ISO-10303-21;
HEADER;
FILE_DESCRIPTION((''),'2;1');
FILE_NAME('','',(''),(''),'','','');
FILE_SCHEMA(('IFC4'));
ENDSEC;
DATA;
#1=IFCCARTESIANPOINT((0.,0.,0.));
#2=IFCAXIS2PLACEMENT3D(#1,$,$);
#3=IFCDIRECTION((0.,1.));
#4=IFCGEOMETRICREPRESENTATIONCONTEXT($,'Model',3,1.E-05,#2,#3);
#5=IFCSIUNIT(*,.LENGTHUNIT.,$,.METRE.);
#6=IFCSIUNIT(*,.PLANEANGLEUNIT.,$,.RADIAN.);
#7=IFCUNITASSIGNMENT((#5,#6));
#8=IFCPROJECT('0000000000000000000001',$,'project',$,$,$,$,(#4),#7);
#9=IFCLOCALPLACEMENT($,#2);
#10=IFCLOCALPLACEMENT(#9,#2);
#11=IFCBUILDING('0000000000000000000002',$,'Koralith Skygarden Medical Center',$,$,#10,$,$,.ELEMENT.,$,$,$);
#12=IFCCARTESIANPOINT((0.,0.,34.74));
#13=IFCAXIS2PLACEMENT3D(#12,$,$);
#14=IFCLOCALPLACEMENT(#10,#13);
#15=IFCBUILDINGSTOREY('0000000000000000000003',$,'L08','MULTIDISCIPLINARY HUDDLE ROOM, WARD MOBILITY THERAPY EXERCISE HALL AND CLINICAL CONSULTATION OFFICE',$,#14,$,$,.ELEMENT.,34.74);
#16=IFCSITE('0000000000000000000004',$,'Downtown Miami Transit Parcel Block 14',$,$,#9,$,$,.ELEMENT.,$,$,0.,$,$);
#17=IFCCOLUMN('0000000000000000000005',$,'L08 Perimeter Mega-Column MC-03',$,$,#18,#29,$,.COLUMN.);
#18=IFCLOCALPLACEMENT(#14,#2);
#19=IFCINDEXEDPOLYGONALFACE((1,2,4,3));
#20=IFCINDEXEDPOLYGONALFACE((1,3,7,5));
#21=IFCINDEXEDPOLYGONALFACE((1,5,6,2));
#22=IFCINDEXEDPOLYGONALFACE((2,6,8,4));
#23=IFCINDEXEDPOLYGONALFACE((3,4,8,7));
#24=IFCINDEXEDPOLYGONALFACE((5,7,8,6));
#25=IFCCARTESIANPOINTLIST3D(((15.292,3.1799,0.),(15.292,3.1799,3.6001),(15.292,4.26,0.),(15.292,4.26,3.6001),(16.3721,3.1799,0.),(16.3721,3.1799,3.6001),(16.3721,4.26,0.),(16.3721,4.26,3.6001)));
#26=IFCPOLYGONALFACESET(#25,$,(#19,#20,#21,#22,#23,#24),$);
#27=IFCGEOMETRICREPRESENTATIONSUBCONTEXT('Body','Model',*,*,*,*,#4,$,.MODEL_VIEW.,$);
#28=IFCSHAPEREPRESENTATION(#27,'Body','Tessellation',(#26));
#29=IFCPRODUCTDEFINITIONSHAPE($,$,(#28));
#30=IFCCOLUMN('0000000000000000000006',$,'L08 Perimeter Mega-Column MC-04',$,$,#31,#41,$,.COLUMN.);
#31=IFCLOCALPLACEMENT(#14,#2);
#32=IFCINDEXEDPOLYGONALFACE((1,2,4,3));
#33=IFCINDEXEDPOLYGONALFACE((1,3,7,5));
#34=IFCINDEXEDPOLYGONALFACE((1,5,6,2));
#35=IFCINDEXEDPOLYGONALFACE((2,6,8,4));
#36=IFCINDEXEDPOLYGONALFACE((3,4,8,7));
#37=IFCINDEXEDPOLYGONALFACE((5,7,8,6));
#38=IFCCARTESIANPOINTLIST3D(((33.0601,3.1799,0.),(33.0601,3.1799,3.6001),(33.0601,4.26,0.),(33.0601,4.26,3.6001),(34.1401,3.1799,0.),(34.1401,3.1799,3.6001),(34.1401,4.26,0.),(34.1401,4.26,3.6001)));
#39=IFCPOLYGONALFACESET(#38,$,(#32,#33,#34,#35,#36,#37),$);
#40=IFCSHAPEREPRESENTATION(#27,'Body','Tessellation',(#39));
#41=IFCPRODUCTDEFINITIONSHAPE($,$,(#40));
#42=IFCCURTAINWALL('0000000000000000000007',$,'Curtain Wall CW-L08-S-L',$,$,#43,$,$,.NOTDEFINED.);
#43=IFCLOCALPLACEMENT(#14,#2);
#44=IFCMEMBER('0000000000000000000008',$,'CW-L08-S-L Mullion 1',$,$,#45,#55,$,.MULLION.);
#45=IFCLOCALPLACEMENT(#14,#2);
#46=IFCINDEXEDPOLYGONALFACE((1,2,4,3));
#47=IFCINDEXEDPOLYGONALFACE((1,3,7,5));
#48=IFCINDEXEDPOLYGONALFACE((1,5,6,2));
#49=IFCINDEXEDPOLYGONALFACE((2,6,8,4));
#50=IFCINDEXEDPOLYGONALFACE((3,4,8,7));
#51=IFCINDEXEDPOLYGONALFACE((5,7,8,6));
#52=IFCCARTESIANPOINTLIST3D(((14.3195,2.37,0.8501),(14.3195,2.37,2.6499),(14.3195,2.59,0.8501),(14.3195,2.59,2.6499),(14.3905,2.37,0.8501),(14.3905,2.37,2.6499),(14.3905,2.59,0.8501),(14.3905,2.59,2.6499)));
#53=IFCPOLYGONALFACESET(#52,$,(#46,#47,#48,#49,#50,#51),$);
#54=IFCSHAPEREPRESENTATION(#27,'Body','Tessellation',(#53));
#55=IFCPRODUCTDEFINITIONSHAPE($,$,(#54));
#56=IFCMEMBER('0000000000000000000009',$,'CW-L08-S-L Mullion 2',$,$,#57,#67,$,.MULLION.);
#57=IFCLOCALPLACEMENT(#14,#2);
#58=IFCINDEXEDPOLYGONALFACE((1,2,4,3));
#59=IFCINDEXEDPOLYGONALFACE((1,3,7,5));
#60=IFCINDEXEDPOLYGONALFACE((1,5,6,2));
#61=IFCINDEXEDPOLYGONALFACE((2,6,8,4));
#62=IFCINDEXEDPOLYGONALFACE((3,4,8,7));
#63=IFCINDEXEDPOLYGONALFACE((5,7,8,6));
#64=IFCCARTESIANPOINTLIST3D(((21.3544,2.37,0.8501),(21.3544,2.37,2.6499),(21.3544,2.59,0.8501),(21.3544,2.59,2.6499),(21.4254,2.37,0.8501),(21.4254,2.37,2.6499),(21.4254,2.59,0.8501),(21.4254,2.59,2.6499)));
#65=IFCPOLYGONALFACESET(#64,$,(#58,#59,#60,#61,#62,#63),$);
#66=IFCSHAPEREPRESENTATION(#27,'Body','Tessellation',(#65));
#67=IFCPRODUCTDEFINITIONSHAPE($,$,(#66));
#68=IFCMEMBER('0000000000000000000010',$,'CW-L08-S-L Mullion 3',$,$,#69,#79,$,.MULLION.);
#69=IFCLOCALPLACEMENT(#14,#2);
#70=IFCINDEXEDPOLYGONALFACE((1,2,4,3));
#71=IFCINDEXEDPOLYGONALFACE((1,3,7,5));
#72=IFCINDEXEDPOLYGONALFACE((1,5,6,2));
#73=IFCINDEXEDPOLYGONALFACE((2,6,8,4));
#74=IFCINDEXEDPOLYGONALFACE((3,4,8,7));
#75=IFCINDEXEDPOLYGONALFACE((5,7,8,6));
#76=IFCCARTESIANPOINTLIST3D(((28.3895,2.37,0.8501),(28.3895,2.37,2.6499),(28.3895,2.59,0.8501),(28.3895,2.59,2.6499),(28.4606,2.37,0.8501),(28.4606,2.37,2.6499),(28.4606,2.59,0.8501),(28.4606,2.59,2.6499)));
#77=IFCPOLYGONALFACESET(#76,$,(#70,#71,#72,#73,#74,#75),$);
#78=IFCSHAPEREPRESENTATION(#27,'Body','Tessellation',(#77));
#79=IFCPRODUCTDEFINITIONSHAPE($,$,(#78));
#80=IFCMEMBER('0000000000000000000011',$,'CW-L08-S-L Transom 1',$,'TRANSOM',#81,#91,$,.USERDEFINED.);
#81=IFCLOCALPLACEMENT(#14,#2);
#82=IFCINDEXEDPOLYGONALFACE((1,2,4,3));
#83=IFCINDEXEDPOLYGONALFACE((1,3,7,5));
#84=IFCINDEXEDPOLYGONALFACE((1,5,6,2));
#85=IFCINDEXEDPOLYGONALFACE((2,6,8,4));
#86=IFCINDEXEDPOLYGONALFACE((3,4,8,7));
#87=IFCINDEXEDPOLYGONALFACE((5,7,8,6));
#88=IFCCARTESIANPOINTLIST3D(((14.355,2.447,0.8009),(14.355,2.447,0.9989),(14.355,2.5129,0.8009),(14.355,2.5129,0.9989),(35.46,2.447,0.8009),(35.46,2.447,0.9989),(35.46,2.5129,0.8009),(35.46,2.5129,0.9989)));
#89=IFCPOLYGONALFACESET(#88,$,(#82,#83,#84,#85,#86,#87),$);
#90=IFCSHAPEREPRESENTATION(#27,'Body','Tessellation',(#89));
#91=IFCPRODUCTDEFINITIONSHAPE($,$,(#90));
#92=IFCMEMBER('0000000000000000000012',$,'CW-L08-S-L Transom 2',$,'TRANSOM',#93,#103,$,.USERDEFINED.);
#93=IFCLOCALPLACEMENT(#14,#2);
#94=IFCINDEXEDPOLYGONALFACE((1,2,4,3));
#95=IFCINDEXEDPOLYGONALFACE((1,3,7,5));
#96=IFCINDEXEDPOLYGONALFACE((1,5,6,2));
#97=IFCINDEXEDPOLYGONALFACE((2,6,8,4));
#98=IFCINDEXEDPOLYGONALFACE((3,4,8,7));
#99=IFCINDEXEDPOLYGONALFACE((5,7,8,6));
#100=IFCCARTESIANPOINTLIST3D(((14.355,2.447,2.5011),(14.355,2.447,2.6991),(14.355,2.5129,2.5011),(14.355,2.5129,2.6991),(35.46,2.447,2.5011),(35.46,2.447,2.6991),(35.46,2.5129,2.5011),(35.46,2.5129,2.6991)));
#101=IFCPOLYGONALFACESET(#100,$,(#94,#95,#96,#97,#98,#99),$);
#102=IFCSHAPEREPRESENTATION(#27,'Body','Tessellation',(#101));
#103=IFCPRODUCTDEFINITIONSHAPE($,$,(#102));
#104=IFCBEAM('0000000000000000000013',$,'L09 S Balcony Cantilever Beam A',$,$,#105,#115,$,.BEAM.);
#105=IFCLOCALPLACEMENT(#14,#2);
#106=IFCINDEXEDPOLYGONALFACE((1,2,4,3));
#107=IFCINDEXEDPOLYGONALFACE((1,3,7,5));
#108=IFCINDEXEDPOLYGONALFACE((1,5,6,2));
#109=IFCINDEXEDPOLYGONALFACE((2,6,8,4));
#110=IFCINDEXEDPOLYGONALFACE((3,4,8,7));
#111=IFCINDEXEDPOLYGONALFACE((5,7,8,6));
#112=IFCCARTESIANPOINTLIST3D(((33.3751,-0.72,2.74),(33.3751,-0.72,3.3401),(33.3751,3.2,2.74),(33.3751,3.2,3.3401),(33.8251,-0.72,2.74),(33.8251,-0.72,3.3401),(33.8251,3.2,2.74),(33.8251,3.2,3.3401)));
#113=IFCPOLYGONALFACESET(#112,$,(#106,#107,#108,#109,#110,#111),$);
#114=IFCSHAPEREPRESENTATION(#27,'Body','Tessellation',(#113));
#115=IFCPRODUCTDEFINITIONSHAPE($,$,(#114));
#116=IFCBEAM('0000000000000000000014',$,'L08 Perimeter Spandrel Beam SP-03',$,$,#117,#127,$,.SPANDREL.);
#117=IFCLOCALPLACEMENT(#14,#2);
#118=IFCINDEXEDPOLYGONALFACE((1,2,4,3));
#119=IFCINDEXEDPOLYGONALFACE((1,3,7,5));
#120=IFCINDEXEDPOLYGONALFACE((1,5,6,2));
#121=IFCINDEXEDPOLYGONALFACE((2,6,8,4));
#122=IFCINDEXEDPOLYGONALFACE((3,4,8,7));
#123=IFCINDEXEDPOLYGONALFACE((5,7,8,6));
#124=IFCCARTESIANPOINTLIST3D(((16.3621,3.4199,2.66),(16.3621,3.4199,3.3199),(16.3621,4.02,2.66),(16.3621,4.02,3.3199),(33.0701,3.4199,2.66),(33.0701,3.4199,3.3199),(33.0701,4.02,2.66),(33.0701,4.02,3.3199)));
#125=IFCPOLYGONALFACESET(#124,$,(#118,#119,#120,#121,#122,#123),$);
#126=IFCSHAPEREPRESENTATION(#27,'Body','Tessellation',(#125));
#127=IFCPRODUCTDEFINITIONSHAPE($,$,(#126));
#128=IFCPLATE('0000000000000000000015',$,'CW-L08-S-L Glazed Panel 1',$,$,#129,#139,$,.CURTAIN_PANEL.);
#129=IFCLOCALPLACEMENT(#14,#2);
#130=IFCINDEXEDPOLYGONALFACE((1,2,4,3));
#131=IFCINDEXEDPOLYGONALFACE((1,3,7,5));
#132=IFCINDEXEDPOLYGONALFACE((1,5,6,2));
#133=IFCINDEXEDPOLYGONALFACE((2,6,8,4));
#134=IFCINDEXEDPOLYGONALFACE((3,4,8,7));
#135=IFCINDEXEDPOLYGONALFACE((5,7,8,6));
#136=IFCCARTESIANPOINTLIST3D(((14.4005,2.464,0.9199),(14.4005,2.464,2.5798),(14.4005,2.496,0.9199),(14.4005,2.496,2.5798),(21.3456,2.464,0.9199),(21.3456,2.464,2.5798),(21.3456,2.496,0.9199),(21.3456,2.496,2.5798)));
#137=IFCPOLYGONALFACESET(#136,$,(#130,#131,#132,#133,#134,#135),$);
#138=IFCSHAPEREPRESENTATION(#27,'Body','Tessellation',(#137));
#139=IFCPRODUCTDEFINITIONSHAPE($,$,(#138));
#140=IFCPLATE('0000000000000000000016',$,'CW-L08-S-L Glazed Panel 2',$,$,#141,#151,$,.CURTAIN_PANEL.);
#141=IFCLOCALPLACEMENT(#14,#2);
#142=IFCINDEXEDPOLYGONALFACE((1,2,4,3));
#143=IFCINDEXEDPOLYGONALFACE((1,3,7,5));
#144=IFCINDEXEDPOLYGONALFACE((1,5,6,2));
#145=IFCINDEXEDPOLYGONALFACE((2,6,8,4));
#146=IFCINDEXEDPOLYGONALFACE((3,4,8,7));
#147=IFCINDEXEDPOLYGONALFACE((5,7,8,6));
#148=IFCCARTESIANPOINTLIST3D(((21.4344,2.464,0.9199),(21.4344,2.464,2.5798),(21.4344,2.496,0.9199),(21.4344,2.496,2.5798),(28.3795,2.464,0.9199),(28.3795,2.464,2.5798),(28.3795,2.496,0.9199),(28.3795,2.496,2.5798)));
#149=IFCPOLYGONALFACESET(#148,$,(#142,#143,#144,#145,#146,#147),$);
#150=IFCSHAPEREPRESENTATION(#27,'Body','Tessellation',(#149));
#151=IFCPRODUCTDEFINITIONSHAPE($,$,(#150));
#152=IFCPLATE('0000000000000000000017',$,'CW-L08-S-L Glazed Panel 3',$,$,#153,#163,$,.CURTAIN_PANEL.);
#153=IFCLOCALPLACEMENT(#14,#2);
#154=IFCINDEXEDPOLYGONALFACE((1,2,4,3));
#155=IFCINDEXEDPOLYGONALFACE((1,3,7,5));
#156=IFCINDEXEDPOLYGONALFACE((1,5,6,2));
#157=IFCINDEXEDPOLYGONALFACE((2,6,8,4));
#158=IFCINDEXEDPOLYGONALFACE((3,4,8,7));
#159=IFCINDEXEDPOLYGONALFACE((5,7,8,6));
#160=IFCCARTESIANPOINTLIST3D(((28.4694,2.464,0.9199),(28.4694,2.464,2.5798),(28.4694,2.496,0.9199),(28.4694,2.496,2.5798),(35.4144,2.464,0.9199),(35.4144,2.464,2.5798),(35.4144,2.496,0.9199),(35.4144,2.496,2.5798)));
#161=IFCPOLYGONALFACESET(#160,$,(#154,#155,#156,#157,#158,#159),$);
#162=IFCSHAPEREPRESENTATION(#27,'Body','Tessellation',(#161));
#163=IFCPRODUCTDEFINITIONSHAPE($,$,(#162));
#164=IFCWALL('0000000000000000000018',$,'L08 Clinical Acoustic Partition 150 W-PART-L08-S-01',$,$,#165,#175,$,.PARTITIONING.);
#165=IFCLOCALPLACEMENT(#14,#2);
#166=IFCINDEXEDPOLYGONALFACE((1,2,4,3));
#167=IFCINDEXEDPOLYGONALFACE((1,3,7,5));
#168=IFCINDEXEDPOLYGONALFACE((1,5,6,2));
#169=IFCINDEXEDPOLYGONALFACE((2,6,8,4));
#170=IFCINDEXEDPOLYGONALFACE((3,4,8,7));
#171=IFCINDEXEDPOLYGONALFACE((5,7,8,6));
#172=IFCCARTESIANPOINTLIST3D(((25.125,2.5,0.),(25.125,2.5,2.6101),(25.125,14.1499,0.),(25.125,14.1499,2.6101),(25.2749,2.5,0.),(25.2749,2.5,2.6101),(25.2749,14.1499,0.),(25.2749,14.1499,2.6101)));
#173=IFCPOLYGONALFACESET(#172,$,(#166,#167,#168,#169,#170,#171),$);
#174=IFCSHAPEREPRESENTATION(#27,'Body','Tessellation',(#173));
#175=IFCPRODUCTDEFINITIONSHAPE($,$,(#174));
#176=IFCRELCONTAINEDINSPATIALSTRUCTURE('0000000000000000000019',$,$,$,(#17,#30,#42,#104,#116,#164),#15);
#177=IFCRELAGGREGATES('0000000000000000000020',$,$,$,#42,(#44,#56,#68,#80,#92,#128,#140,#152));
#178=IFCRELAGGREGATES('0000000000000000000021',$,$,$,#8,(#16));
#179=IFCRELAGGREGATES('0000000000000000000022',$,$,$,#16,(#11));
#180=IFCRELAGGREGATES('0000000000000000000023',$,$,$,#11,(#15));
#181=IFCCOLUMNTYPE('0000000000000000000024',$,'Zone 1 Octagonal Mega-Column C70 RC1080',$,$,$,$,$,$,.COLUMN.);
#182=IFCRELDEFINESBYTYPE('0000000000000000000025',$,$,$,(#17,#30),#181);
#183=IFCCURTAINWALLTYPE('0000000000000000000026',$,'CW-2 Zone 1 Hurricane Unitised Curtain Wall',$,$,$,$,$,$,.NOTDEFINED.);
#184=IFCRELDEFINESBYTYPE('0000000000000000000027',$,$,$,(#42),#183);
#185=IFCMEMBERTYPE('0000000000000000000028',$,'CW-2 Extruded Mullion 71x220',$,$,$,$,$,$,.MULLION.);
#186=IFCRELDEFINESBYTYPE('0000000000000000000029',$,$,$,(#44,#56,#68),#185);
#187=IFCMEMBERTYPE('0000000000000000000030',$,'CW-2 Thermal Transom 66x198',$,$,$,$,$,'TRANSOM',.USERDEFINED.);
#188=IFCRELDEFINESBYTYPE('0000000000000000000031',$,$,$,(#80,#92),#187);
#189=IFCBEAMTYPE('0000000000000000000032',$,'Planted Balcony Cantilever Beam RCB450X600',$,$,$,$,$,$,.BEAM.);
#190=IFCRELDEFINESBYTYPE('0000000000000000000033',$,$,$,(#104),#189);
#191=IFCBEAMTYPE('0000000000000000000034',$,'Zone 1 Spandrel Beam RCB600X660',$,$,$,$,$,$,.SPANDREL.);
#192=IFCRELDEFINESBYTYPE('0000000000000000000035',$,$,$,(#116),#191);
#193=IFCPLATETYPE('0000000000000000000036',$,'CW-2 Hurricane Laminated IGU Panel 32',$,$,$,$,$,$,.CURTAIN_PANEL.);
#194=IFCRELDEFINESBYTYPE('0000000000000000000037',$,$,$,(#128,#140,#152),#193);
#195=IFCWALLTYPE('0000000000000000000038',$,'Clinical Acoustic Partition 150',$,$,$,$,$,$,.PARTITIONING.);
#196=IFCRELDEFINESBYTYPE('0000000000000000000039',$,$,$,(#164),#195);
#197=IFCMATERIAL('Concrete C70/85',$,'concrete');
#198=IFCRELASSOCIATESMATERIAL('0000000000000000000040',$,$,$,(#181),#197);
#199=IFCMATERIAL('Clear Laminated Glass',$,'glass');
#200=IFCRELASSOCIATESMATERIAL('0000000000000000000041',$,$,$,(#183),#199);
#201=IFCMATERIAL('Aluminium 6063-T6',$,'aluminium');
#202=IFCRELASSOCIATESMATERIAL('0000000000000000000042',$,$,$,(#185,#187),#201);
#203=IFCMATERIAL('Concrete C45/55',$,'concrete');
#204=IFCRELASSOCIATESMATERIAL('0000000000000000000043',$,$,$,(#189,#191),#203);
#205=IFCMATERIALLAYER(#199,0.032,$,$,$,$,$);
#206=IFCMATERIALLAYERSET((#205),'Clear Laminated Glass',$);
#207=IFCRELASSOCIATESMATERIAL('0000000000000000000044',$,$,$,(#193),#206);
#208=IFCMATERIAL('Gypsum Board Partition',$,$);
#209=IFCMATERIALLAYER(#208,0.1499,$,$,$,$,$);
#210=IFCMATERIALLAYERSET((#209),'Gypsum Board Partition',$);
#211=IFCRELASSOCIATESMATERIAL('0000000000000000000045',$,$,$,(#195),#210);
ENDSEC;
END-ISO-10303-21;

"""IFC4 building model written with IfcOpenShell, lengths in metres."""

from ifc_helpers import new_model, si_unit, direction, frame, frame_2d, origin, origin_2d, place, context, subcontext, project, spatial, rectangle, extrude, material, layer, layer_set, material_profile, profile_set, type_object, element, aggregate, save


model = new_model("IFC4")

# Units and contexts
model_context = context("Model", 3, precision=1e-05, world=origin(), true_north=direction((0.0, 1.0)))
body_context = subcontext(model_context, "Body", "Model", "MODEL_VIEW")
ifc_project = project(units=[si_unit("LENGTHUNIT", "METRE"), si_unit("PLANEANGLEUNIT", "RADIAN")], contexts=[model_context])

# Site, building, storey
site_placement = place(None, origin())
site = spatial("IfcSite", under=ifc_project, at=site_placement, Name="Downtown Miami Transit Parcel Block 14", CompositionType="ELEMENT", RefElevation=0.0)
building_placement = place(site_placement, origin())
building = spatial("IfcBuilding", under=site, at=building_placement, Name="Koralith Skygarden Medical Center", CompositionType="ELEMENT")
storey_placement = place(building_placement, frame((0.0, 0.0, 34.74)))
storey = spatial("IfcBuildingStorey", under=building, at=storey_placement, Name="L08", Description="MULTIDISCIPLINARY HUDDLE ROOM, WARD MOBILITY THERAPY EXERCISE HALL AND CLINICAL CONSULTATION OFFICE", CompositionType="ELEMENT", Elevation=34.74)

# Columns
ifc_material_1 = material(Name="Concrete C70/85", Category="concrete")
ifc_material_profile_1 = material_profile(ifc_material_1, rectangle(XDim=1.0801, YDim=1.0801, at=origin_2d()), Name="RC1080X1080")
ifc_profile_set_1 = profile_set([ifc_material_profile_1], Name="Concrete C70/85")
column_type = type_object("IfcColumnType", Name="Zone 1 Octagonal Mega-Column C70 RC1080", PredefinedType="COLUMN", material=ifc_profile_set_1)
for number, where, z_axis, x_axis, name in (
    (1, (15.832, 3.72, 0.0), (0.0, 0.0, 1.0), (1.0, 0.0, 0.0), "L08 Perimeter Mega-Column MC-03"),
    (2, (33.6001, 3.72, 0.0), (0.0, 0.0, 1.0), (1.0, 0.0, 0.0), "L08 Perimeter Mega-Column MC-04"),
):
    element("IfcColumn", number, at=place(storey_placement, frame(where, z_axis=z_axis, x_axis=x_axis)), inside=storey, type_object=column_type, Name=name, PredefinedType="COLUMN", context=body_context, shape_type="SweptSolid", body=[
        extrude(rectangle(XDim=1.0801, YDim=1.0801, at=origin_2d()), origin(), (0.0, 0.0, 1.0), 3.6001),
    ])

# Curtain wall, members
ifc_material_2 = material(Name="Clear Laminated Glass", Category="glass")
curtain_wall_type = type_object("IfcCurtainWallType", Name="CW-2 Zone 1 Hurricane Unitised Curtain Wall", PredefinedType="NOTDEFINED", material=ifc_material_2)
curtain_wall_placement = place(storey_placement, origin())
curtain_wall = element("IfcCurtainWall", 3, at=curtain_wall_placement, inside=storey, type_object=curtain_wall_type, Name="Curtain Wall CW-L08-S-L", PredefinedType="NOTDEFINED")
ifc_material_3 = material(Name="Aluminium 6063-T6", Category="aluminium")
ifc_material_profile_2 = material_profile(ifc_material_3, rectangle(XDim=0.071, YDim=0.22, at=origin_2d()), Name="MUL71X220")
ifc_profile_set_2 = profile_set([ifc_material_profile_2], Name="Aluminium 6063-T6")
member_type_1 = type_object("IfcMemberType", Name="CW-2 Extruded Mullion 71x220", PredefinedType="MULLION", material=ifc_profile_set_2)
member_1_placement = place(storey_placement, frame((14.355, 2.48, 0.8501), z_axis=(0.0, 0.0, 1.0), x_axis=(1.0, 0.0, 0.0)))
member_1 = element("IfcMember", 4, at=member_1_placement, type_object=member_type_1, Name="CW-L08-S-L Mullion 1", PredefinedType="MULLION", context=body_context, shape_type="SweptSolid", body=[
    extrude(rectangle(XDim=0.071, YDim=0.22, at=origin_2d()), origin(), (0.0, 0.0, 1.0), 1.7998),
])
member_2_placement = place(storey_placement, frame((21.3899, 2.48, 0.8501), z_axis=(0.0, 0.0, 1.0), x_axis=(1.0, 0.0, 0.0)))
member_2 = element("IfcMember", 5, at=member_2_placement, type_object=member_type_1, Name="CW-L08-S-L Mullion 2", PredefinedType="MULLION", context=body_context, shape_type="SweptSolid", body=[
    extrude(rectangle(XDim=0.071, YDim=0.22, at=origin_2d()), origin(), (0.0, 0.0, 1.0), 1.7998),
])
member_3_placement = place(storey_placement, frame((28.425, 2.48, 0.8501), z_axis=(0.0, 0.0, 1.0), x_axis=(1.0, 0.0, 0.0)))
member_3 = element("IfcMember", 6, at=member_3_placement, type_object=member_type_1, Name="CW-L08-S-L Mullion 3", PredefinedType="MULLION", context=body_context, shape_type="SweptSolid", body=[
    extrude(rectangle(XDim=0.071, YDim=0.22, at=origin_2d()), origin(), (0.0, 0.0, 1.0), 1.7998),
])
ifc_material_profile_3 = material_profile(ifc_material_3, rectangle(XDim=0.0659, YDim=0.198, at=origin_2d()), Name="TRN66X198")
ifc_profile_set_3 = profile_set([ifc_material_profile_3], Name="Aluminium 6063-T6")
member_type_2 = type_object("IfcMemberType", Name="CW-2 Thermal Transom 66x198", ElementType="TRANSOM", PredefinedType="USERDEFINED", material=ifc_profile_set_3)
member_4_placement = place(storey_placement, frame((14.355, 2.48, 0.8999), z_axis=(1.0, 0.0, 0.0), x_axis=(0.0, 1.0, 0.0)))
member_4 = element("IfcMember", 7, at=member_4_placement, type_object=member_type_2, Name="CW-L08-S-L Transom 1", ObjectType="TRANSOM", PredefinedType="USERDEFINED", context=body_context, shape_type="SweptSolid", body=[
    extrude(rectangle(XDim=0.0659, YDim=0.198, at=origin_2d()), origin(), (0.0, 0.0, 1.0), 21.105),
])
member_5_placement = place(storey_placement, frame((14.355, 2.48, 2.6001), z_axis=(1.0, 0.0, 0.0), x_axis=(0.0, 1.0, 0.0)))
member_5 = element("IfcMember", 8, at=member_5_placement, type_object=member_type_2, Name="CW-L08-S-L Transom 2", ObjectType="TRANSOM", PredefinedType="USERDEFINED", context=body_context, shape_type="SweptSolid", body=[
    extrude(rectangle(XDim=0.0659, YDim=0.198, at=origin_2d()), origin(), (0.0, 0.0, 1.0), 21.105),
])

# Beams
ifc_material_4 = material(Name="Concrete C45/55", Category="concrete")
ifc_material_profile_4 = material_profile(ifc_material_4, rectangle(XDim=0.45, YDim=0.6001, at=origin_2d()), Name="RCB450X600")
ifc_profile_set_4 = profile_set([ifc_material_profile_4], Name="Concrete C45/55")
beam_type_1 = type_object("IfcBeamType", Name="Planted Balcony Cantilever Beam RCB450X600", PredefinedType="BEAM", material=ifc_profile_set_4)
beam_1_placement = place(storey_placement, frame((33.6001, 3.2, 3.04), z_axis=(0.0, -1.0, 0.0), x_axis=(1.0, 0.0, 0.0)))
element("IfcBeam", 9, at=beam_1_placement, inside=storey, type_object=beam_type_1, Name="L09 S Balcony Cantilever Beam A", PredefinedType="BEAM", context=body_context, shape_type="SweptSolid", body=[
    extrude(rectangle(XDim=0.45, YDim=0.6001, at=origin_2d()), origin(), (0.0, 0.0, 1.0), 3.9199),
])
ifc_material_profile_5 = material_profile(ifc_material_4, rectangle(XDim=0.6001, YDim=0.6599, at=origin_2d()), Name="RCB600X660")
ifc_profile_set_5 = profile_set([ifc_material_profile_5], Name="Concrete C45/55")
beam_type_2 = type_object("IfcBeamType", Name="Zone 1 Spandrel Beam RCB600X660", PredefinedType="SPANDREL", material=ifc_profile_set_5)
beam_2_placement = place(storey_placement, frame((16.3621, 3.72, 2.99), z_axis=(1.0, 0.0, 0.0), x_axis=(0.0, 1.0, 0.0)))
element("IfcBeam", 10, at=beam_2_placement, inside=storey, type_object=beam_type_2, Name="L08 Perimeter Spandrel Beam SP-03", PredefinedType="SPANDREL", context=body_context, shape_type="SweptSolid", body=[
    extrude(rectangle(XDim=0.6001, YDim=0.6599, at=origin_2d()), origin(), (0.0, 0.0, 1.0), 16.708),
])

# Plates
ifc_layer_1 = layer(ifc_material_2, 0.032)
ifc_layer_set_1 = layer_set([ifc_layer_1], Name="Clear Laminated Glass")
plate_type = type_object("IfcPlateType", Name="CW-2 Hurricane Laminated IGU Panel 32", PredefinedType="CURTAIN_PANEL", material=ifc_layer_set_1)
plate_1_placement = place(storey_placement, frame((17.873, 2.48, 0.9199), z_axis=(0.0, 0.0, 1.0), x_axis=(1.0, 0.0, 0.0)))
plate_1 = element("IfcPlate", 11, at=plate_1_placement, type_object=plate_type, Name="CW-L08-S-L Glazed Panel 1", PredefinedType="CURTAIN_PANEL", context=body_context, shape_type="SweptSolid", body=[
    extrude(rectangle(XDim=6.9451, YDim=0.032, at=origin_2d()), origin(), (0.0, 0.0, 1.0), 1.6599),
])
plate_2_placement = place(storey_placement, frame((24.907, 2.48, 0.9199), z_axis=(0.0, 0.0, 1.0), x_axis=(1.0, 0.0, 0.0)))
plate_2 = element("IfcPlate", 12, at=plate_2_placement, type_object=plate_type, Name="CW-L08-S-L Glazed Panel 2", PredefinedType="CURTAIN_PANEL", context=body_context, shape_type="SweptSolid", body=[
    extrude(rectangle(XDim=6.9451, YDim=0.032, at=origin_2d()), origin(), (0.0, 0.0, 1.0), 1.6599),
])
plate_3_placement = place(storey_placement, frame((31.9419, 2.48, 0.9199), z_axis=(0.0, 0.0, 1.0), x_axis=(1.0, 0.0, 0.0)))
plate_3 = element("IfcPlate", 13, at=plate_3_placement, type_object=plate_type, Name="CW-L08-S-L Glazed Panel 3", PredefinedType="CURTAIN_PANEL", context=body_context, shape_type="SweptSolid", body=[
    extrude(rectangle(XDim=6.9451, YDim=0.032, at=origin_2d()), origin(), (0.0, 0.0, 1.0), 1.6599),
])
aggregate(curtain_wall, [member_1, member_2, member_3, member_4, member_5, plate_1, plate_2, plate_3])

# Wall
ifc_material_5 = material(Name="Gypsum Board Partition")
ifc_layer_2 = layer(ifc_material_5, 0.1499)
ifc_layer_set_2 = layer_set([ifc_layer_2], Name="Gypsum Board Partition")
wall_type_1 = type_object("IfcWallType", Name="Clinical Acoustic Partition 150", PredefinedType="PARTITIONING", material=ifc_layer_set_2)
wall_1_placement = place(storey_placement, frame((25.2, 14.1499, 0.0), z_axis=(0.0, 0.0, 1.0), x_axis=(0.0, -1.0, 0.0)))
element("IfcWall", 14, at=wall_1_placement, inside=storey, type_object=wall_type_1, Name="L08 Clinical Acoustic Partition 150 W-PART-L08-S-01", PredefinedType="PARTITIONING", context=body_context, shape_type="SweptSolid", body=[
    extrude(rectangle(XDim=11.6499, YDim=0.1499, at=frame_2d((5.825, 0.0))), origin(), (0.0, 0.0, 1.0), 2.6101),
])

save(model, "model.ifc")
